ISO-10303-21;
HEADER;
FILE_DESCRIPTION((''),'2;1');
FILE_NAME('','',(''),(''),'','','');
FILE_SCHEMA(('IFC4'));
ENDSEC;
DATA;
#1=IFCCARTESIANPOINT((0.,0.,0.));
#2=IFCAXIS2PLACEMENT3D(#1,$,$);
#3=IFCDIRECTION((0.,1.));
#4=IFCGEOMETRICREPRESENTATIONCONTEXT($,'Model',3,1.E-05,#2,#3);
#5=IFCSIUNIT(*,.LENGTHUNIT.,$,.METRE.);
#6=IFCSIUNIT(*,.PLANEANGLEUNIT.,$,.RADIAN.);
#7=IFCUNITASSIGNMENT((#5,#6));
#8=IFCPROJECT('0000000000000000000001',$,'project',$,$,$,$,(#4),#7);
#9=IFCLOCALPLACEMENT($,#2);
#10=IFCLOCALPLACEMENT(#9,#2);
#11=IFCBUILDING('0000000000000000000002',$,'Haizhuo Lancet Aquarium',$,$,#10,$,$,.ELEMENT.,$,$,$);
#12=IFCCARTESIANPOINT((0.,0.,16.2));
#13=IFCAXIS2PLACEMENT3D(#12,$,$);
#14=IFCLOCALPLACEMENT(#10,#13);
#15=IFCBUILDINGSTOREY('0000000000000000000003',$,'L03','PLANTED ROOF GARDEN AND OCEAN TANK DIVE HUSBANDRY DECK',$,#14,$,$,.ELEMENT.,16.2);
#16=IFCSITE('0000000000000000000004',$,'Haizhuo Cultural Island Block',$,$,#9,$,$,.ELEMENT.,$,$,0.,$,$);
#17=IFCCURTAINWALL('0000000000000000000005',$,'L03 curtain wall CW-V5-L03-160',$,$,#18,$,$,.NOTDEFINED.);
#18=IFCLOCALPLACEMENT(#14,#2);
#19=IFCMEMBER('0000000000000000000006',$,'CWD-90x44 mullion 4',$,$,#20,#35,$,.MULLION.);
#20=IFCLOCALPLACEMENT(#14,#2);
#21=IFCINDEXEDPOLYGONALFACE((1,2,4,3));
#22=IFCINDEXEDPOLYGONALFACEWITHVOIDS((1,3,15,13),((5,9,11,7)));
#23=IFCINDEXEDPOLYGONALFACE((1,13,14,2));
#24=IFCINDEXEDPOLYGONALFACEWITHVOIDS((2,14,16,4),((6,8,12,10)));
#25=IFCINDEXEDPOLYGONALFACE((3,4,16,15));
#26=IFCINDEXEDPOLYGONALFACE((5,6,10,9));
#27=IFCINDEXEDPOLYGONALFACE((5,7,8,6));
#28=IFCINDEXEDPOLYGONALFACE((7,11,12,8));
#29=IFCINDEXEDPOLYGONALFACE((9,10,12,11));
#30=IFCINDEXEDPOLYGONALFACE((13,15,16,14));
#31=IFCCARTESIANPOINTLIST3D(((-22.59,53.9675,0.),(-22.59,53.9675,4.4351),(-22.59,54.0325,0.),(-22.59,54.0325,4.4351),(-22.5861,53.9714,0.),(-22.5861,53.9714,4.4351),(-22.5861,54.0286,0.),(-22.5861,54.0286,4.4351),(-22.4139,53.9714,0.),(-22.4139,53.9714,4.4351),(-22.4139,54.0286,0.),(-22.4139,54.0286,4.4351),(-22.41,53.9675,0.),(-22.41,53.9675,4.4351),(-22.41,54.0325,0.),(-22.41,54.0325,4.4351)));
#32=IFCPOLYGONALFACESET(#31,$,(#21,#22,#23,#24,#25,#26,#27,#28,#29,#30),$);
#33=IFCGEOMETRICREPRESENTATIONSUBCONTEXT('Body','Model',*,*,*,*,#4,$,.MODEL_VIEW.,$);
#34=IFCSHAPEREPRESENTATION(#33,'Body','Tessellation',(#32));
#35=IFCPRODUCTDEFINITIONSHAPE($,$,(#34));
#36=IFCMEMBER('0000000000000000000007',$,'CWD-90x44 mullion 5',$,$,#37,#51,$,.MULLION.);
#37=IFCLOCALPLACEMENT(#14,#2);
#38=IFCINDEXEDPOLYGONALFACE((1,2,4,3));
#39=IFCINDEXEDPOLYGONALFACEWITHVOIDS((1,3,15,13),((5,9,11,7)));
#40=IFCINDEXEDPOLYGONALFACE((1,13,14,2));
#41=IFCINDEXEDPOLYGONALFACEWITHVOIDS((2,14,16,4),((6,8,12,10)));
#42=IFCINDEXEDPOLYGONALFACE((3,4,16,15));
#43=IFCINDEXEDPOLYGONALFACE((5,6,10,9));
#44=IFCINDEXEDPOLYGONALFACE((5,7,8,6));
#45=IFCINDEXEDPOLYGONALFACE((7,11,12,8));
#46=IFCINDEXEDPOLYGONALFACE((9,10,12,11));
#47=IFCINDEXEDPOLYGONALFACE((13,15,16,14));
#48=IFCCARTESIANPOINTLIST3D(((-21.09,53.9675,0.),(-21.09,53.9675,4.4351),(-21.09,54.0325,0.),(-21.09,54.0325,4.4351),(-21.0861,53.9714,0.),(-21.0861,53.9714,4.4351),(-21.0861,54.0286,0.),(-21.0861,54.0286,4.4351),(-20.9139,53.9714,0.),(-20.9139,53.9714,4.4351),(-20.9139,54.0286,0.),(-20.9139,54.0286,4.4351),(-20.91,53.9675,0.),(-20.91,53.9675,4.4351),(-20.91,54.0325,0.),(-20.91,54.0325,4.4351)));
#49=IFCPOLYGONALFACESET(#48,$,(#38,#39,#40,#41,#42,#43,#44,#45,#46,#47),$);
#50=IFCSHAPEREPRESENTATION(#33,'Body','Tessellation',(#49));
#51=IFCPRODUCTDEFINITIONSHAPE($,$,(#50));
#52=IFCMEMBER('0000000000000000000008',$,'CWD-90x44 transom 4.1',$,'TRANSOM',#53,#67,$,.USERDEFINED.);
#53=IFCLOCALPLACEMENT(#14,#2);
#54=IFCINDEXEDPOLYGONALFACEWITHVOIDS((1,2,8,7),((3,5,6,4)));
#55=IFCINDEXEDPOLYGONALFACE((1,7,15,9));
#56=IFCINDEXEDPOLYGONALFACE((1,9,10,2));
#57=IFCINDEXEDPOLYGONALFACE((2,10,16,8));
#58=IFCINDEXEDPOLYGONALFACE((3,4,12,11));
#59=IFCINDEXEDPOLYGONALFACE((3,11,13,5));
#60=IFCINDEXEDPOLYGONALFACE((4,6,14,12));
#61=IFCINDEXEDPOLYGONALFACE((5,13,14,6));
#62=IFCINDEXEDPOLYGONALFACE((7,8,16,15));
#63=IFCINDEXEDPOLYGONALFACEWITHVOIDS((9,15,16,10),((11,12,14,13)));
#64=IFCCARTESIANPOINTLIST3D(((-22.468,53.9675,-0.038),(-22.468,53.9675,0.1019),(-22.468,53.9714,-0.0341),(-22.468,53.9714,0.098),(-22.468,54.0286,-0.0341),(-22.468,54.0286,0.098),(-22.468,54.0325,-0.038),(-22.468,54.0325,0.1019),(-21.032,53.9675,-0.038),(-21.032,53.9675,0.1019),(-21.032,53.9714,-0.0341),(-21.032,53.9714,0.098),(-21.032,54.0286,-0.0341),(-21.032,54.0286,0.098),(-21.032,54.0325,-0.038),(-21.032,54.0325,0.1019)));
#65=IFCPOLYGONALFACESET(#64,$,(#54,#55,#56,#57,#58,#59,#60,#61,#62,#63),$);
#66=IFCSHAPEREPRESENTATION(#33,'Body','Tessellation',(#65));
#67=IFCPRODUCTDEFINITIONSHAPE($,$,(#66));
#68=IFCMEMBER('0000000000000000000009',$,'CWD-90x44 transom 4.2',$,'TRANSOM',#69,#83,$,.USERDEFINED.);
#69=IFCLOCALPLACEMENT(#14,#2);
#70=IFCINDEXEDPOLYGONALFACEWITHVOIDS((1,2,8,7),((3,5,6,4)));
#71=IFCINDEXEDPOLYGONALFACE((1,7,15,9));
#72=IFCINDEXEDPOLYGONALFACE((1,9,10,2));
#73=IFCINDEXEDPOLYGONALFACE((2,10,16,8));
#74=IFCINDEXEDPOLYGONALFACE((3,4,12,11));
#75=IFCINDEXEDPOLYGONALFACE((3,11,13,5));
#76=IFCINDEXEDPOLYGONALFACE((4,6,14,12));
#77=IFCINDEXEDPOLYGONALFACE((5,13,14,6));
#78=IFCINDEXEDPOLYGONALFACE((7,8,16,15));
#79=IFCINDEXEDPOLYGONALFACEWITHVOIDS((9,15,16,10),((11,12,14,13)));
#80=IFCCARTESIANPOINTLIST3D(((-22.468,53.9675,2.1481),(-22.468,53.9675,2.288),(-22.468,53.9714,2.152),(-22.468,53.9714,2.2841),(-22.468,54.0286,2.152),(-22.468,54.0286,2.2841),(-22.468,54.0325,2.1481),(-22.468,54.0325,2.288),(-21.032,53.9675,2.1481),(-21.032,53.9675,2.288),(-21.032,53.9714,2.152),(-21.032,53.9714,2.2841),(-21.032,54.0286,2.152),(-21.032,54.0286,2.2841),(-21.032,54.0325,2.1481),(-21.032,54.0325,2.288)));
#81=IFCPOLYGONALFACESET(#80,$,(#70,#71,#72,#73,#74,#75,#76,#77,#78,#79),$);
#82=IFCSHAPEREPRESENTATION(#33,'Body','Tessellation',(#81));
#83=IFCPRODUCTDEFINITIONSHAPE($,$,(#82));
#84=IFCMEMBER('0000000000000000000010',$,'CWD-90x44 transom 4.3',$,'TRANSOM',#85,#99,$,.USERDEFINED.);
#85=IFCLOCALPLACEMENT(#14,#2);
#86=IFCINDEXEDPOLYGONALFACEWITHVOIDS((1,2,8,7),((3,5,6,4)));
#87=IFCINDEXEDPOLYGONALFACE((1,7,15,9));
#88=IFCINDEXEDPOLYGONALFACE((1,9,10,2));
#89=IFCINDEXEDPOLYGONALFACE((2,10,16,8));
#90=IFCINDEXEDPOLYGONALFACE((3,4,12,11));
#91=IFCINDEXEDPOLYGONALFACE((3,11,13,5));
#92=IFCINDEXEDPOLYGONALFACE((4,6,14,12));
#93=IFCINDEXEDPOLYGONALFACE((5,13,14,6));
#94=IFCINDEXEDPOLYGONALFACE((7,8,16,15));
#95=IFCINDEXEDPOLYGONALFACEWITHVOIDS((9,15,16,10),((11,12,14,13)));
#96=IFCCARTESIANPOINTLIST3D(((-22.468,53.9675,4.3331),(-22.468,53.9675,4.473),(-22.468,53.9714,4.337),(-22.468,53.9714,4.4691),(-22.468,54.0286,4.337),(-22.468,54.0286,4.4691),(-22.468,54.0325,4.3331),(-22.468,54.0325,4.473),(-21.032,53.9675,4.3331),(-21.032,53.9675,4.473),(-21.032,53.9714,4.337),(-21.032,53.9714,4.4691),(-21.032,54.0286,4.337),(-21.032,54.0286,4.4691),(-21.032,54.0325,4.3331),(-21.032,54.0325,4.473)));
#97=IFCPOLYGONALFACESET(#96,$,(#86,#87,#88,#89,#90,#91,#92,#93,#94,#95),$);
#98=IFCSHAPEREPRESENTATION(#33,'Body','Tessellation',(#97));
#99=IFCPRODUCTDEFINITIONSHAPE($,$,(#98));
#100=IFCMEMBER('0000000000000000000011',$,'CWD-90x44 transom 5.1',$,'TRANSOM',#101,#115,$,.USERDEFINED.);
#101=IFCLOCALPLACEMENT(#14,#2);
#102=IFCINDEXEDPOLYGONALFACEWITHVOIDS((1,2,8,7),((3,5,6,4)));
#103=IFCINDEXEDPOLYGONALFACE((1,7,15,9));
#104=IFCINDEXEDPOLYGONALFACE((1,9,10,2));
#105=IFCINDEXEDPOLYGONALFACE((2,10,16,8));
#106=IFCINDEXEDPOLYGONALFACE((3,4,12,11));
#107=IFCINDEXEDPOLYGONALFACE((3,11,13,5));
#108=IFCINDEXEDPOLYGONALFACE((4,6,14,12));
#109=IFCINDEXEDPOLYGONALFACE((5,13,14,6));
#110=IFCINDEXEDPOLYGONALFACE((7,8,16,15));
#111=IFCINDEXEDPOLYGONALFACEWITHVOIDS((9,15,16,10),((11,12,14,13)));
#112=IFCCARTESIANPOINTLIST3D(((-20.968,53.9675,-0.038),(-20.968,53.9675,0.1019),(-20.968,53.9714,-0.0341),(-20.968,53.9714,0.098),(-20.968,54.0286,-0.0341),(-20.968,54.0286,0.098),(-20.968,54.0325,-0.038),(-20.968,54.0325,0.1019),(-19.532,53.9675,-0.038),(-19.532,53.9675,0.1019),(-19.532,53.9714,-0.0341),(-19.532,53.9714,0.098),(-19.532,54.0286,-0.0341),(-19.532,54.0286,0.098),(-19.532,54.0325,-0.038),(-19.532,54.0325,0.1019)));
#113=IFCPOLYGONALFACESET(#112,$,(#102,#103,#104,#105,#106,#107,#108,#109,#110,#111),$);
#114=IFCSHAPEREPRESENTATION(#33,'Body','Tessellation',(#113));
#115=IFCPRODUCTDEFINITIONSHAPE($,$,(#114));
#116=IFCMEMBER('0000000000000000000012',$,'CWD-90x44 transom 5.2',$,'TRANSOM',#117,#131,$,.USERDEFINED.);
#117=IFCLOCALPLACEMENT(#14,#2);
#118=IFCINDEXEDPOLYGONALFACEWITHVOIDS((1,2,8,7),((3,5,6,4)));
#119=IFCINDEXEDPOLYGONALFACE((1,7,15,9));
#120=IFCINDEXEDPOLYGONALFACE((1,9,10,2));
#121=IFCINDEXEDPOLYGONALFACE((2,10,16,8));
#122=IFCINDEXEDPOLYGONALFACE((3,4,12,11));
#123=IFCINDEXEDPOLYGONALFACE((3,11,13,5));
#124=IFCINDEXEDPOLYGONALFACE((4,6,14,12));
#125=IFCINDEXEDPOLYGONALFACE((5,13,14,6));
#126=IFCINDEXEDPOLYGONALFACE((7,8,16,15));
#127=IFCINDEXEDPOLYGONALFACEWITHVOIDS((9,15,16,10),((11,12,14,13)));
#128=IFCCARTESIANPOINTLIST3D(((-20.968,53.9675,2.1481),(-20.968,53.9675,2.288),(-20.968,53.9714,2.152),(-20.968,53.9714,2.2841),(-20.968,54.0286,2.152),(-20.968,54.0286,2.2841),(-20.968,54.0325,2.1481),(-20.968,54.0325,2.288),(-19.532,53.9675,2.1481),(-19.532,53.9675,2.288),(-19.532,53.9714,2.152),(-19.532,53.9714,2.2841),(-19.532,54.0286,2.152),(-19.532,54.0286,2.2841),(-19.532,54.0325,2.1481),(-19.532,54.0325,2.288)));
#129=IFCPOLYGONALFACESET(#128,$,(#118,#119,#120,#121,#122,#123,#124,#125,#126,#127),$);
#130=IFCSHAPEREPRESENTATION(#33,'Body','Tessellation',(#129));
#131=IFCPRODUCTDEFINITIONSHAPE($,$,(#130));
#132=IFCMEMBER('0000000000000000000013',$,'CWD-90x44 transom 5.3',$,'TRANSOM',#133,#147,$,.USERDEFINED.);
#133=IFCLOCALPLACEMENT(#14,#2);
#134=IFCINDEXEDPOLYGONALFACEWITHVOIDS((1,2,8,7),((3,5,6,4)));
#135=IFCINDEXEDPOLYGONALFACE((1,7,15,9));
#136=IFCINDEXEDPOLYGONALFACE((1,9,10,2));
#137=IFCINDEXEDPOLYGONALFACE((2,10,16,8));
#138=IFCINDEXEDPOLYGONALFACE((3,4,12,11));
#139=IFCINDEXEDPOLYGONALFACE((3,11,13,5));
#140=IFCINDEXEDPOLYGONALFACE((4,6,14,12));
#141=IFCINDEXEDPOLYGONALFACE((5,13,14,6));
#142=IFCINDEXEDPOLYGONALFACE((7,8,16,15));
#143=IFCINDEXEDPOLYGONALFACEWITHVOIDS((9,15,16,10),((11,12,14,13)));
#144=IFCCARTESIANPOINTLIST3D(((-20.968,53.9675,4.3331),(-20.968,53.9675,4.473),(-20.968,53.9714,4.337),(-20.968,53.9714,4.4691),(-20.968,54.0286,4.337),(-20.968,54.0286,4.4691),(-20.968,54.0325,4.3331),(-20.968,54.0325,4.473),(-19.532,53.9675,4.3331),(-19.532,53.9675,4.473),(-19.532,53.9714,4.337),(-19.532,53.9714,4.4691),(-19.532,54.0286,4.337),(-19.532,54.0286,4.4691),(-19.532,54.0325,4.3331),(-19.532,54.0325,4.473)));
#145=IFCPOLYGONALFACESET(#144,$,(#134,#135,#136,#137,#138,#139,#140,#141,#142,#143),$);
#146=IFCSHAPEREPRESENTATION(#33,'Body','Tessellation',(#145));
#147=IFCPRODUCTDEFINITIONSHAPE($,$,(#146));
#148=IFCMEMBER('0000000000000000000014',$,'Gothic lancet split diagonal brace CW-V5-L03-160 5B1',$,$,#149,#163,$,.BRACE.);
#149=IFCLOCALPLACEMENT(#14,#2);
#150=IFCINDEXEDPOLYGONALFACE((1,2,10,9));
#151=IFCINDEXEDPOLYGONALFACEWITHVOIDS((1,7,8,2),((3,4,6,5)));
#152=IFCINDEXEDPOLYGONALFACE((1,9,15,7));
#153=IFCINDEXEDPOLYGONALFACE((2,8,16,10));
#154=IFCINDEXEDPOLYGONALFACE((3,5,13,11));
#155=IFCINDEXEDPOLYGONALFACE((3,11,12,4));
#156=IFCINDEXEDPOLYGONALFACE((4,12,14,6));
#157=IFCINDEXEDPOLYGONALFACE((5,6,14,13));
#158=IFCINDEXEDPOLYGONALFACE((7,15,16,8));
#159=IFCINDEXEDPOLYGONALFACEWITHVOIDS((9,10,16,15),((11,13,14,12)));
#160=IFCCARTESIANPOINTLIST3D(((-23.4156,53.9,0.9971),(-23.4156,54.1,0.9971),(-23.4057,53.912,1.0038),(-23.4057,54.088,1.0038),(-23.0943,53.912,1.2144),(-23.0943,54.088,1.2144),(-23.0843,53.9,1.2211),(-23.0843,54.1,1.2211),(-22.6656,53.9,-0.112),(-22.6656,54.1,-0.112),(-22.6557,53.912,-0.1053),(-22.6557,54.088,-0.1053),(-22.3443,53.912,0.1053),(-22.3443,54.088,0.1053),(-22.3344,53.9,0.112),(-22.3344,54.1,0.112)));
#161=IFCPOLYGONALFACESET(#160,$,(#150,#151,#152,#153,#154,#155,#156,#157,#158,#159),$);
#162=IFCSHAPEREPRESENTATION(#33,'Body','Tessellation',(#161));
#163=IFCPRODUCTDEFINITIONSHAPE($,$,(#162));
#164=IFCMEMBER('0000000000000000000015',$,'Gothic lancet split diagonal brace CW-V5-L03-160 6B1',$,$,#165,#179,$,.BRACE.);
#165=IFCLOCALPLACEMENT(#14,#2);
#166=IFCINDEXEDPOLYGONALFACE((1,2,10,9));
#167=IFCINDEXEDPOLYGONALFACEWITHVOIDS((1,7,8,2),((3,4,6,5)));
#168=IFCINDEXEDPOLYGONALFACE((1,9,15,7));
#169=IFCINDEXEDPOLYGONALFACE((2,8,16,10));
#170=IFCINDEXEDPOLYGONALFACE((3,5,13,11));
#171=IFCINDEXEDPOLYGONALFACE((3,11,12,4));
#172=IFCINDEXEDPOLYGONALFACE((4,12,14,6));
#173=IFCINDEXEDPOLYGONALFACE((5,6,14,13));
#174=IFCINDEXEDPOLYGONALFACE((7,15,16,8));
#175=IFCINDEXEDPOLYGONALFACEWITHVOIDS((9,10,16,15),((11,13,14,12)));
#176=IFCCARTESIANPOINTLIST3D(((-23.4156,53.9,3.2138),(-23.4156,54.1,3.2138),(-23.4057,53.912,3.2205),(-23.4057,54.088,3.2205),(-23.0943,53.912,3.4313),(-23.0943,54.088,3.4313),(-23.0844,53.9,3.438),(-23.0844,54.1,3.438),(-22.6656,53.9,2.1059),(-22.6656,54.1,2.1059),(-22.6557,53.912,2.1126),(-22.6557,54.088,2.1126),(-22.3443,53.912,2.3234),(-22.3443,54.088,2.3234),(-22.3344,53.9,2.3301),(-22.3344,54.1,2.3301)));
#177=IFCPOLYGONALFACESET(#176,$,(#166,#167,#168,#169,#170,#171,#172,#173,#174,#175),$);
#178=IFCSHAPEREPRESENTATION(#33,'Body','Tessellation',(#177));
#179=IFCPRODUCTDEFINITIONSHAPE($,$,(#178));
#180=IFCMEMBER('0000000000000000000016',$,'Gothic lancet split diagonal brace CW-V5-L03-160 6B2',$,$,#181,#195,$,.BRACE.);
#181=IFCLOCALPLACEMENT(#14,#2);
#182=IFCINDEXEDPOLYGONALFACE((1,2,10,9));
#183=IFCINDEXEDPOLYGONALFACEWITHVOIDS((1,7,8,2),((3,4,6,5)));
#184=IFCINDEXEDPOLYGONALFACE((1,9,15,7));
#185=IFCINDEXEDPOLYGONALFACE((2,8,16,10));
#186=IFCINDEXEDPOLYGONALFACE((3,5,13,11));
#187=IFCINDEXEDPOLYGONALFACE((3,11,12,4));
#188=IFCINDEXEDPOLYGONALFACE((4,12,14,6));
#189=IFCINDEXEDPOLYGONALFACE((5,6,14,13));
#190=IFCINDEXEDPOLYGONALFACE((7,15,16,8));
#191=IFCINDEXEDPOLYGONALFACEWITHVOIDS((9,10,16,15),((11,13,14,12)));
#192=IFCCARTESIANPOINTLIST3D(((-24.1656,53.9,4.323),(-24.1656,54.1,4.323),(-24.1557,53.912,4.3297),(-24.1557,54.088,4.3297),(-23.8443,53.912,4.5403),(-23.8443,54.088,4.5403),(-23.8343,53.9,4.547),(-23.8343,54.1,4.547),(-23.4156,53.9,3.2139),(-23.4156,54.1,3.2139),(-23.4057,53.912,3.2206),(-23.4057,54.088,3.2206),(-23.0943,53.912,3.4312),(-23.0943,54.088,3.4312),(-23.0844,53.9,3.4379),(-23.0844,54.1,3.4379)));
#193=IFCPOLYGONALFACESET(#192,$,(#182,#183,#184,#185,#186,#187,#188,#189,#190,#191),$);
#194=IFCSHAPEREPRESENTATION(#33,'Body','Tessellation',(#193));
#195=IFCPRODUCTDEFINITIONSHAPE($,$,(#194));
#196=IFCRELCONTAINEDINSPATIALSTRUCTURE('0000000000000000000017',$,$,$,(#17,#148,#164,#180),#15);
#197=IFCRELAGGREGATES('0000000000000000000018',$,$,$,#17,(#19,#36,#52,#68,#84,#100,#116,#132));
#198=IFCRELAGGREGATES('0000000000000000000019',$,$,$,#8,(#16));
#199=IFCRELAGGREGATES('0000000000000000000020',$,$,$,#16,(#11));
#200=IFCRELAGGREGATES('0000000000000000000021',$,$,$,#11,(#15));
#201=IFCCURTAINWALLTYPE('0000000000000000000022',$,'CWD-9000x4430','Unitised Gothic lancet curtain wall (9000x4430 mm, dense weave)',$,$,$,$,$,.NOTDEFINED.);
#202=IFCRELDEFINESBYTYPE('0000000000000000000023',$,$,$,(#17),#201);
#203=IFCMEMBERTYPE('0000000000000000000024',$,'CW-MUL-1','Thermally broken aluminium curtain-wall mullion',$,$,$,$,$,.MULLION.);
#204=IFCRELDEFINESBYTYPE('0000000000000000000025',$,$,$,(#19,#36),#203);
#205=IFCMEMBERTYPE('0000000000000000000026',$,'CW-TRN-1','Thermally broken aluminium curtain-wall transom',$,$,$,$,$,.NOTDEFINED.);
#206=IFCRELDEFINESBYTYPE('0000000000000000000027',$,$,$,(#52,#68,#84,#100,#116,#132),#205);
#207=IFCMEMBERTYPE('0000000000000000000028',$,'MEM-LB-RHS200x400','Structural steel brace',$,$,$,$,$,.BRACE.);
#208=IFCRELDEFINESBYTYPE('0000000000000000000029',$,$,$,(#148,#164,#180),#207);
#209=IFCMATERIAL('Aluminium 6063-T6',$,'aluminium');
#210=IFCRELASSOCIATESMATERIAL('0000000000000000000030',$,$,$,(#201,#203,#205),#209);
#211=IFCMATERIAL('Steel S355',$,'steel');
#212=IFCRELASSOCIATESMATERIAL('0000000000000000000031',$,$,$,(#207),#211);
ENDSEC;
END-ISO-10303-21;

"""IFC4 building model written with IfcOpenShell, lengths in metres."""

from ifc_helpers import new_model, si_unit, direction, frame, origin, origin_2d, place, context, subcontext, project, spatial, hollow_rectangle, extrude, material, material_profile, profile_set, type_object, element, aggregate, save


model = new_model("IFC4")

# Units and contexts
model_context = context("Model", 3, precision=1e-05, world=origin(), true_north=direction((0.0, 1.0)))
body_context = subcontext(model_context, "Body", "Model", "MODEL_VIEW")
ifc_project = project(units=[si_unit("LENGTHUNIT", "METRE"), si_unit("PLANEANGLEUNIT", "RADIAN")], contexts=[model_context])

# Site, building, storey
site_placement = place(None, origin())
site = spatial("IfcSite", under=ifc_project, at=site_placement, Name="Haizhuo Cultural Island Block", CompositionType="ELEMENT", RefElevation=0.0)
building_placement = place(site_placement, origin())
building = spatial("IfcBuilding", under=site, at=building_placement, Name="Haizhuo Lancet Aquarium", CompositionType="ELEMENT")
storey_placement = place(building_placement, frame((0.0, 0.0, 16.2)))
storey = spatial("IfcBuildingStorey", under=building, at=storey_placement, Name="L03", Description="PLANTED ROOF GARDEN AND OCEAN TANK DIVE HUSBANDRY DECK", CompositionType="ELEMENT", Elevation=16.2)

# Curtain wall, members
ifc_material_1 = material(Name="Aluminium 6063-T6", Category="aluminium")
curtain_wall_type = type_object("IfcCurtainWallType", Name="CWD-9000x4430", Description="Unitised Gothic lancet curtain wall (9000x4430 mm, dense weave)", PredefinedType="NOTDEFINED", material=ifc_material_1)
curtain_wall_placement = place(storey_placement, origin())
curtain_wall = element("IfcCurtainWall", 1, at=curtain_wall_placement, inside=storey, type_object=curtain_wall_type, Name="L03 curtain wall CW-V5-L03-160", PredefinedType="NOTDEFINED")
ifc_material_profile_1 = material_profile(ifc_material_1, hollow_rectangle(XDim=0.0649, YDim=0.1799, WallThickness=0.0039, at=origin_2d()), Name="ALU-M 65x180x4")
ifc_profile_set_1 = profile_set([ifc_material_profile_1], Name="Aluminium 6063-T6")
member_type_1 = type_object("IfcMemberType", Name="CW-MUL-1", Description="Thermally broken aluminium curtain-wall mullion", PredefinedType="MULLION", material=ifc_profile_set_1)
member_1_placement = place(storey_placement, frame((-22.5, 54.0, 0.0), z_axis=(0.0, 0.0, 1.0), x_axis=(0.0, 1.0, 0.0)))
member_1 = element("IfcMember", 2, at=member_1_placement, type_object=member_type_1, Name="CWD-90x44 mullion 4", PredefinedType="MULLION", context=body_context, shape_type="SweptSolid", body=[
    extrude(hollow_rectangle(XDim=0.0649, YDim=0.1799, WallThickness=0.0039, at=origin_2d()), origin(), (0.0, 0.0, 1.0), 4.4351),
])
member_2_placement = place(storey_placement, frame((-21.0, 54.0, 0.0), z_axis=(0.0, 0.0, 1.0), x_axis=(0.0, 1.0, 0.0)))
member_2 = element("IfcMember", 3, at=member_2_placement, type_object=member_type_1, Name="CWD-90x44 mullion 5", PredefinedType="MULLION", context=body_context, shape_type="SweptSolid", body=[
    extrude(hollow_rectangle(XDim=0.0649, YDim=0.1799, WallThickness=0.0039, at=origin_2d()), origin(), (0.0, 0.0, 1.0), 4.4351),
])
ifc_material_profile_2 = material_profile(ifc_material_1, hollow_rectangle(XDim=0.0649, YDim=0.1399, WallThickness=0.0039, at=origin_2d()), Name="ALU-T 65x140x4")
ifc_profile_set_2 = profile_set([ifc_material_profile_2], Name="Aluminium 6063-T6")
member_type_2 = type_object("IfcMemberType", Name="CW-TRN-1", Description="Thermally broken aluminium curtain-wall transom", PredefinedType="NOTDEFINED", material=ifc_profile_set_2)
member_3_placement = place(storey_placement, frame((-22.468, 54.0, 0.032), z_axis=(1.0, 0.0, 0.0), x_axis=(0.0, 1.0, 0.0)))
member_3 = element("IfcMember", 4, at=member_3_placement, type_object=member_type_2, Name="CWD-90x44 transom 4.1", ObjectType="TRANSOM", PredefinedType="USERDEFINED", context=body_context, shape_type="SweptSolid", body=[
    extrude(hollow_rectangle(XDim=0.0649, YDim=0.1399, WallThickness=0.0039, at=origin_2d()), origin(), (0.0, 0.0, 1.0), 1.436),
])
member_4_placement = place(storey_placement, frame((-22.468, 54.0, 2.218), z_axis=(1.0, 0.0, 0.0), x_axis=(0.0, 1.0, 0.0)))
member_4 = element("IfcMember", 5, at=member_4_placement, type_object=member_type_2, Name="CWD-90x44 transom 4.2", ObjectType="TRANSOM", PredefinedType="USERDEFINED", context=body_context, shape_type="SweptSolid", body=[
    extrude(hollow_rectangle(XDim=0.0649, YDim=0.1399, WallThickness=0.0039, at=origin_2d()), origin(), (0.0, 0.0, 1.0), 1.436),
])
member_5_placement = place(storey_placement, frame((-22.468, 54.0, 4.4031), z_axis=(1.0, 0.0, 0.0), x_axis=(0.0, 1.0, 0.0)))
member_5 = element("IfcMember", 6, at=member_5_placement, type_object=member_type_2, Name="CWD-90x44 transom 4.3", ObjectType="TRANSOM", PredefinedType="USERDEFINED", context=body_context, shape_type="SweptSolid", body=[
    extrude(hollow_rectangle(XDim=0.0649, YDim=0.1399, WallThickness=0.0039, at=origin_2d()), origin(), (0.0, 0.0, 1.0), 1.436),
])
member_6_placement = place(storey_placement, frame((-20.968, 54.0, 0.032), z_axis=(1.0, 0.0, 0.0), x_axis=(0.0, 1.0, 0.0)))
member_6 = element("IfcMember", 7, at=member_6_placement, type_object=member_type_2, Name="CWD-90x44 transom 5.1", ObjectType="TRANSOM", PredefinedType="USERDEFINED", context=body_context, shape_type="SweptSolid", body=[
    extrude(hollow_rectangle(XDim=0.0649, YDim=0.1399, WallThickness=0.0039, at=origin_2d()), origin(), (0.0, 0.0, 1.0), 1.436),
])
member_7_placement = place(storey_placement, frame((-20.968, 54.0, 2.218), z_axis=(1.0, 0.0, 0.0), x_axis=(0.0, 1.0, 0.0)))
member_7 = element("IfcMember", 8, at=member_7_placement, type_object=member_type_2, Name="CWD-90x44 transom 5.2", ObjectType="TRANSOM", PredefinedType="USERDEFINED", context=body_context, shape_type="SweptSolid", body=[
    extrude(hollow_rectangle(XDim=0.0649, YDim=0.1399, WallThickness=0.0039, at=origin_2d()), origin(), (0.0, 0.0, 1.0), 1.436),
])
member_8_placement = place(storey_placement, frame((-20.968, 54.0, 4.4031), z_axis=(1.0, 0.0, 0.0), x_axis=(0.0, 1.0, 0.0)))
member_8 = element("IfcMember", 9, at=member_8_placement, type_object=member_type_2, Name="CWD-90x44 transom 5.3", ObjectType="TRANSOM", PredefinedType="USERDEFINED", context=body_context, shape_type="SweptSolid", body=[
    extrude(hollow_rectangle(XDim=0.0649, YDim=0.1399, WallThickness=0.0039, at=origin_2d()), origin(), (0.0, 0.0, 1.0), 1.436),
])

# Members
ifc_material_2 = material(Name="Steel S355", Category="steel")
ifc_material_profile_3 = material_profile(ifc_material_2, hollow_rectangle(XDim=0.2, YDim=0.3999, WallThickness=0.012, at=origin_2d()), Name="RHS 200x400x12")
ifc_profile_set_3 = profile_set([ifc_material_profile_3], Name="Steel S355")
member_type_3 = type_object("IfcMemberType", Name="MEM-LB-RHS200x400", Description="Structural steel brace", PredefinedType="BRACE", material=ifc_profile_set_3)
member_9_placement = place(storey_placement, frame((-22.5, 54.0, 0.0), z_axis=(-0.560159, 0.0, 0.828385), x_axis=(0.0, -1.0, 0.0)))
element("IfcMember", 10, at=member_9_placement, inside=storey, type_object=member_type_3, Name="Gothic lancet split diagonal brace CW-V5-L03-160 5B1", PredefinedType="BRACE", context=body_context, shape_type="SweptSolid", body=[
    extrude(hollow_rectangle(XDim=0.2, YDim=0.3999, WallThickness=0.012, at=origin_2d()), origin(), (0.0, 0.0, 1.0), 1.3389),
])
member_10_placement = place(storey_placement, frame((-22.5, 54.0, 2.218), z_axis=(-0.560582, 0.0, 0.828099), x_axis=(0.0, -1.0, 0.0)))
element("IfcMember", 11, at=member_10_placement, inside=storey, type_object=member_type_3, Name="Gothic lancet split diagonal brace CW-V5-L03-160 6B1", PredefinedType="BRACE", context=body_context, shape_type="SweptSolid", body=[
    extrude(hollow_rectangle(XDim=0.2, YDim=0.3999, WallThickness=0.012, at=origin_2d()), origin(), (0.0, 0.0, 1.0), 1.3379),
])
member_11_placement = place(storey_placement, frame((-23.25, 54.0, 3.3259), z_axis=(-0.560159, 0.0, 0.828385), x_axis=(0.0, -1.0, 0.0)))
element("IfcMember", 12, at=member_11_placement, inside=storey, type_object=member_type_3, Name="Gothic lancet split diagonal brace CW-V5-L03-160 6B2", PredefinedType="BRACE", context=body_context, shape_type="SweptSolid", body=[
    extrude(hollow_rectangle(XDim=0.2, YDim=0.3999, WallThickness=0.012, at=origin_2d()), origin(), (0.0, 0.0, 1.0), 1.3389),
])

aggregate(curtain_wall, [member_1, member_2, member_3, member_4, member_5, member_6, member_7, member_8])

save(model, "model.ifc")
